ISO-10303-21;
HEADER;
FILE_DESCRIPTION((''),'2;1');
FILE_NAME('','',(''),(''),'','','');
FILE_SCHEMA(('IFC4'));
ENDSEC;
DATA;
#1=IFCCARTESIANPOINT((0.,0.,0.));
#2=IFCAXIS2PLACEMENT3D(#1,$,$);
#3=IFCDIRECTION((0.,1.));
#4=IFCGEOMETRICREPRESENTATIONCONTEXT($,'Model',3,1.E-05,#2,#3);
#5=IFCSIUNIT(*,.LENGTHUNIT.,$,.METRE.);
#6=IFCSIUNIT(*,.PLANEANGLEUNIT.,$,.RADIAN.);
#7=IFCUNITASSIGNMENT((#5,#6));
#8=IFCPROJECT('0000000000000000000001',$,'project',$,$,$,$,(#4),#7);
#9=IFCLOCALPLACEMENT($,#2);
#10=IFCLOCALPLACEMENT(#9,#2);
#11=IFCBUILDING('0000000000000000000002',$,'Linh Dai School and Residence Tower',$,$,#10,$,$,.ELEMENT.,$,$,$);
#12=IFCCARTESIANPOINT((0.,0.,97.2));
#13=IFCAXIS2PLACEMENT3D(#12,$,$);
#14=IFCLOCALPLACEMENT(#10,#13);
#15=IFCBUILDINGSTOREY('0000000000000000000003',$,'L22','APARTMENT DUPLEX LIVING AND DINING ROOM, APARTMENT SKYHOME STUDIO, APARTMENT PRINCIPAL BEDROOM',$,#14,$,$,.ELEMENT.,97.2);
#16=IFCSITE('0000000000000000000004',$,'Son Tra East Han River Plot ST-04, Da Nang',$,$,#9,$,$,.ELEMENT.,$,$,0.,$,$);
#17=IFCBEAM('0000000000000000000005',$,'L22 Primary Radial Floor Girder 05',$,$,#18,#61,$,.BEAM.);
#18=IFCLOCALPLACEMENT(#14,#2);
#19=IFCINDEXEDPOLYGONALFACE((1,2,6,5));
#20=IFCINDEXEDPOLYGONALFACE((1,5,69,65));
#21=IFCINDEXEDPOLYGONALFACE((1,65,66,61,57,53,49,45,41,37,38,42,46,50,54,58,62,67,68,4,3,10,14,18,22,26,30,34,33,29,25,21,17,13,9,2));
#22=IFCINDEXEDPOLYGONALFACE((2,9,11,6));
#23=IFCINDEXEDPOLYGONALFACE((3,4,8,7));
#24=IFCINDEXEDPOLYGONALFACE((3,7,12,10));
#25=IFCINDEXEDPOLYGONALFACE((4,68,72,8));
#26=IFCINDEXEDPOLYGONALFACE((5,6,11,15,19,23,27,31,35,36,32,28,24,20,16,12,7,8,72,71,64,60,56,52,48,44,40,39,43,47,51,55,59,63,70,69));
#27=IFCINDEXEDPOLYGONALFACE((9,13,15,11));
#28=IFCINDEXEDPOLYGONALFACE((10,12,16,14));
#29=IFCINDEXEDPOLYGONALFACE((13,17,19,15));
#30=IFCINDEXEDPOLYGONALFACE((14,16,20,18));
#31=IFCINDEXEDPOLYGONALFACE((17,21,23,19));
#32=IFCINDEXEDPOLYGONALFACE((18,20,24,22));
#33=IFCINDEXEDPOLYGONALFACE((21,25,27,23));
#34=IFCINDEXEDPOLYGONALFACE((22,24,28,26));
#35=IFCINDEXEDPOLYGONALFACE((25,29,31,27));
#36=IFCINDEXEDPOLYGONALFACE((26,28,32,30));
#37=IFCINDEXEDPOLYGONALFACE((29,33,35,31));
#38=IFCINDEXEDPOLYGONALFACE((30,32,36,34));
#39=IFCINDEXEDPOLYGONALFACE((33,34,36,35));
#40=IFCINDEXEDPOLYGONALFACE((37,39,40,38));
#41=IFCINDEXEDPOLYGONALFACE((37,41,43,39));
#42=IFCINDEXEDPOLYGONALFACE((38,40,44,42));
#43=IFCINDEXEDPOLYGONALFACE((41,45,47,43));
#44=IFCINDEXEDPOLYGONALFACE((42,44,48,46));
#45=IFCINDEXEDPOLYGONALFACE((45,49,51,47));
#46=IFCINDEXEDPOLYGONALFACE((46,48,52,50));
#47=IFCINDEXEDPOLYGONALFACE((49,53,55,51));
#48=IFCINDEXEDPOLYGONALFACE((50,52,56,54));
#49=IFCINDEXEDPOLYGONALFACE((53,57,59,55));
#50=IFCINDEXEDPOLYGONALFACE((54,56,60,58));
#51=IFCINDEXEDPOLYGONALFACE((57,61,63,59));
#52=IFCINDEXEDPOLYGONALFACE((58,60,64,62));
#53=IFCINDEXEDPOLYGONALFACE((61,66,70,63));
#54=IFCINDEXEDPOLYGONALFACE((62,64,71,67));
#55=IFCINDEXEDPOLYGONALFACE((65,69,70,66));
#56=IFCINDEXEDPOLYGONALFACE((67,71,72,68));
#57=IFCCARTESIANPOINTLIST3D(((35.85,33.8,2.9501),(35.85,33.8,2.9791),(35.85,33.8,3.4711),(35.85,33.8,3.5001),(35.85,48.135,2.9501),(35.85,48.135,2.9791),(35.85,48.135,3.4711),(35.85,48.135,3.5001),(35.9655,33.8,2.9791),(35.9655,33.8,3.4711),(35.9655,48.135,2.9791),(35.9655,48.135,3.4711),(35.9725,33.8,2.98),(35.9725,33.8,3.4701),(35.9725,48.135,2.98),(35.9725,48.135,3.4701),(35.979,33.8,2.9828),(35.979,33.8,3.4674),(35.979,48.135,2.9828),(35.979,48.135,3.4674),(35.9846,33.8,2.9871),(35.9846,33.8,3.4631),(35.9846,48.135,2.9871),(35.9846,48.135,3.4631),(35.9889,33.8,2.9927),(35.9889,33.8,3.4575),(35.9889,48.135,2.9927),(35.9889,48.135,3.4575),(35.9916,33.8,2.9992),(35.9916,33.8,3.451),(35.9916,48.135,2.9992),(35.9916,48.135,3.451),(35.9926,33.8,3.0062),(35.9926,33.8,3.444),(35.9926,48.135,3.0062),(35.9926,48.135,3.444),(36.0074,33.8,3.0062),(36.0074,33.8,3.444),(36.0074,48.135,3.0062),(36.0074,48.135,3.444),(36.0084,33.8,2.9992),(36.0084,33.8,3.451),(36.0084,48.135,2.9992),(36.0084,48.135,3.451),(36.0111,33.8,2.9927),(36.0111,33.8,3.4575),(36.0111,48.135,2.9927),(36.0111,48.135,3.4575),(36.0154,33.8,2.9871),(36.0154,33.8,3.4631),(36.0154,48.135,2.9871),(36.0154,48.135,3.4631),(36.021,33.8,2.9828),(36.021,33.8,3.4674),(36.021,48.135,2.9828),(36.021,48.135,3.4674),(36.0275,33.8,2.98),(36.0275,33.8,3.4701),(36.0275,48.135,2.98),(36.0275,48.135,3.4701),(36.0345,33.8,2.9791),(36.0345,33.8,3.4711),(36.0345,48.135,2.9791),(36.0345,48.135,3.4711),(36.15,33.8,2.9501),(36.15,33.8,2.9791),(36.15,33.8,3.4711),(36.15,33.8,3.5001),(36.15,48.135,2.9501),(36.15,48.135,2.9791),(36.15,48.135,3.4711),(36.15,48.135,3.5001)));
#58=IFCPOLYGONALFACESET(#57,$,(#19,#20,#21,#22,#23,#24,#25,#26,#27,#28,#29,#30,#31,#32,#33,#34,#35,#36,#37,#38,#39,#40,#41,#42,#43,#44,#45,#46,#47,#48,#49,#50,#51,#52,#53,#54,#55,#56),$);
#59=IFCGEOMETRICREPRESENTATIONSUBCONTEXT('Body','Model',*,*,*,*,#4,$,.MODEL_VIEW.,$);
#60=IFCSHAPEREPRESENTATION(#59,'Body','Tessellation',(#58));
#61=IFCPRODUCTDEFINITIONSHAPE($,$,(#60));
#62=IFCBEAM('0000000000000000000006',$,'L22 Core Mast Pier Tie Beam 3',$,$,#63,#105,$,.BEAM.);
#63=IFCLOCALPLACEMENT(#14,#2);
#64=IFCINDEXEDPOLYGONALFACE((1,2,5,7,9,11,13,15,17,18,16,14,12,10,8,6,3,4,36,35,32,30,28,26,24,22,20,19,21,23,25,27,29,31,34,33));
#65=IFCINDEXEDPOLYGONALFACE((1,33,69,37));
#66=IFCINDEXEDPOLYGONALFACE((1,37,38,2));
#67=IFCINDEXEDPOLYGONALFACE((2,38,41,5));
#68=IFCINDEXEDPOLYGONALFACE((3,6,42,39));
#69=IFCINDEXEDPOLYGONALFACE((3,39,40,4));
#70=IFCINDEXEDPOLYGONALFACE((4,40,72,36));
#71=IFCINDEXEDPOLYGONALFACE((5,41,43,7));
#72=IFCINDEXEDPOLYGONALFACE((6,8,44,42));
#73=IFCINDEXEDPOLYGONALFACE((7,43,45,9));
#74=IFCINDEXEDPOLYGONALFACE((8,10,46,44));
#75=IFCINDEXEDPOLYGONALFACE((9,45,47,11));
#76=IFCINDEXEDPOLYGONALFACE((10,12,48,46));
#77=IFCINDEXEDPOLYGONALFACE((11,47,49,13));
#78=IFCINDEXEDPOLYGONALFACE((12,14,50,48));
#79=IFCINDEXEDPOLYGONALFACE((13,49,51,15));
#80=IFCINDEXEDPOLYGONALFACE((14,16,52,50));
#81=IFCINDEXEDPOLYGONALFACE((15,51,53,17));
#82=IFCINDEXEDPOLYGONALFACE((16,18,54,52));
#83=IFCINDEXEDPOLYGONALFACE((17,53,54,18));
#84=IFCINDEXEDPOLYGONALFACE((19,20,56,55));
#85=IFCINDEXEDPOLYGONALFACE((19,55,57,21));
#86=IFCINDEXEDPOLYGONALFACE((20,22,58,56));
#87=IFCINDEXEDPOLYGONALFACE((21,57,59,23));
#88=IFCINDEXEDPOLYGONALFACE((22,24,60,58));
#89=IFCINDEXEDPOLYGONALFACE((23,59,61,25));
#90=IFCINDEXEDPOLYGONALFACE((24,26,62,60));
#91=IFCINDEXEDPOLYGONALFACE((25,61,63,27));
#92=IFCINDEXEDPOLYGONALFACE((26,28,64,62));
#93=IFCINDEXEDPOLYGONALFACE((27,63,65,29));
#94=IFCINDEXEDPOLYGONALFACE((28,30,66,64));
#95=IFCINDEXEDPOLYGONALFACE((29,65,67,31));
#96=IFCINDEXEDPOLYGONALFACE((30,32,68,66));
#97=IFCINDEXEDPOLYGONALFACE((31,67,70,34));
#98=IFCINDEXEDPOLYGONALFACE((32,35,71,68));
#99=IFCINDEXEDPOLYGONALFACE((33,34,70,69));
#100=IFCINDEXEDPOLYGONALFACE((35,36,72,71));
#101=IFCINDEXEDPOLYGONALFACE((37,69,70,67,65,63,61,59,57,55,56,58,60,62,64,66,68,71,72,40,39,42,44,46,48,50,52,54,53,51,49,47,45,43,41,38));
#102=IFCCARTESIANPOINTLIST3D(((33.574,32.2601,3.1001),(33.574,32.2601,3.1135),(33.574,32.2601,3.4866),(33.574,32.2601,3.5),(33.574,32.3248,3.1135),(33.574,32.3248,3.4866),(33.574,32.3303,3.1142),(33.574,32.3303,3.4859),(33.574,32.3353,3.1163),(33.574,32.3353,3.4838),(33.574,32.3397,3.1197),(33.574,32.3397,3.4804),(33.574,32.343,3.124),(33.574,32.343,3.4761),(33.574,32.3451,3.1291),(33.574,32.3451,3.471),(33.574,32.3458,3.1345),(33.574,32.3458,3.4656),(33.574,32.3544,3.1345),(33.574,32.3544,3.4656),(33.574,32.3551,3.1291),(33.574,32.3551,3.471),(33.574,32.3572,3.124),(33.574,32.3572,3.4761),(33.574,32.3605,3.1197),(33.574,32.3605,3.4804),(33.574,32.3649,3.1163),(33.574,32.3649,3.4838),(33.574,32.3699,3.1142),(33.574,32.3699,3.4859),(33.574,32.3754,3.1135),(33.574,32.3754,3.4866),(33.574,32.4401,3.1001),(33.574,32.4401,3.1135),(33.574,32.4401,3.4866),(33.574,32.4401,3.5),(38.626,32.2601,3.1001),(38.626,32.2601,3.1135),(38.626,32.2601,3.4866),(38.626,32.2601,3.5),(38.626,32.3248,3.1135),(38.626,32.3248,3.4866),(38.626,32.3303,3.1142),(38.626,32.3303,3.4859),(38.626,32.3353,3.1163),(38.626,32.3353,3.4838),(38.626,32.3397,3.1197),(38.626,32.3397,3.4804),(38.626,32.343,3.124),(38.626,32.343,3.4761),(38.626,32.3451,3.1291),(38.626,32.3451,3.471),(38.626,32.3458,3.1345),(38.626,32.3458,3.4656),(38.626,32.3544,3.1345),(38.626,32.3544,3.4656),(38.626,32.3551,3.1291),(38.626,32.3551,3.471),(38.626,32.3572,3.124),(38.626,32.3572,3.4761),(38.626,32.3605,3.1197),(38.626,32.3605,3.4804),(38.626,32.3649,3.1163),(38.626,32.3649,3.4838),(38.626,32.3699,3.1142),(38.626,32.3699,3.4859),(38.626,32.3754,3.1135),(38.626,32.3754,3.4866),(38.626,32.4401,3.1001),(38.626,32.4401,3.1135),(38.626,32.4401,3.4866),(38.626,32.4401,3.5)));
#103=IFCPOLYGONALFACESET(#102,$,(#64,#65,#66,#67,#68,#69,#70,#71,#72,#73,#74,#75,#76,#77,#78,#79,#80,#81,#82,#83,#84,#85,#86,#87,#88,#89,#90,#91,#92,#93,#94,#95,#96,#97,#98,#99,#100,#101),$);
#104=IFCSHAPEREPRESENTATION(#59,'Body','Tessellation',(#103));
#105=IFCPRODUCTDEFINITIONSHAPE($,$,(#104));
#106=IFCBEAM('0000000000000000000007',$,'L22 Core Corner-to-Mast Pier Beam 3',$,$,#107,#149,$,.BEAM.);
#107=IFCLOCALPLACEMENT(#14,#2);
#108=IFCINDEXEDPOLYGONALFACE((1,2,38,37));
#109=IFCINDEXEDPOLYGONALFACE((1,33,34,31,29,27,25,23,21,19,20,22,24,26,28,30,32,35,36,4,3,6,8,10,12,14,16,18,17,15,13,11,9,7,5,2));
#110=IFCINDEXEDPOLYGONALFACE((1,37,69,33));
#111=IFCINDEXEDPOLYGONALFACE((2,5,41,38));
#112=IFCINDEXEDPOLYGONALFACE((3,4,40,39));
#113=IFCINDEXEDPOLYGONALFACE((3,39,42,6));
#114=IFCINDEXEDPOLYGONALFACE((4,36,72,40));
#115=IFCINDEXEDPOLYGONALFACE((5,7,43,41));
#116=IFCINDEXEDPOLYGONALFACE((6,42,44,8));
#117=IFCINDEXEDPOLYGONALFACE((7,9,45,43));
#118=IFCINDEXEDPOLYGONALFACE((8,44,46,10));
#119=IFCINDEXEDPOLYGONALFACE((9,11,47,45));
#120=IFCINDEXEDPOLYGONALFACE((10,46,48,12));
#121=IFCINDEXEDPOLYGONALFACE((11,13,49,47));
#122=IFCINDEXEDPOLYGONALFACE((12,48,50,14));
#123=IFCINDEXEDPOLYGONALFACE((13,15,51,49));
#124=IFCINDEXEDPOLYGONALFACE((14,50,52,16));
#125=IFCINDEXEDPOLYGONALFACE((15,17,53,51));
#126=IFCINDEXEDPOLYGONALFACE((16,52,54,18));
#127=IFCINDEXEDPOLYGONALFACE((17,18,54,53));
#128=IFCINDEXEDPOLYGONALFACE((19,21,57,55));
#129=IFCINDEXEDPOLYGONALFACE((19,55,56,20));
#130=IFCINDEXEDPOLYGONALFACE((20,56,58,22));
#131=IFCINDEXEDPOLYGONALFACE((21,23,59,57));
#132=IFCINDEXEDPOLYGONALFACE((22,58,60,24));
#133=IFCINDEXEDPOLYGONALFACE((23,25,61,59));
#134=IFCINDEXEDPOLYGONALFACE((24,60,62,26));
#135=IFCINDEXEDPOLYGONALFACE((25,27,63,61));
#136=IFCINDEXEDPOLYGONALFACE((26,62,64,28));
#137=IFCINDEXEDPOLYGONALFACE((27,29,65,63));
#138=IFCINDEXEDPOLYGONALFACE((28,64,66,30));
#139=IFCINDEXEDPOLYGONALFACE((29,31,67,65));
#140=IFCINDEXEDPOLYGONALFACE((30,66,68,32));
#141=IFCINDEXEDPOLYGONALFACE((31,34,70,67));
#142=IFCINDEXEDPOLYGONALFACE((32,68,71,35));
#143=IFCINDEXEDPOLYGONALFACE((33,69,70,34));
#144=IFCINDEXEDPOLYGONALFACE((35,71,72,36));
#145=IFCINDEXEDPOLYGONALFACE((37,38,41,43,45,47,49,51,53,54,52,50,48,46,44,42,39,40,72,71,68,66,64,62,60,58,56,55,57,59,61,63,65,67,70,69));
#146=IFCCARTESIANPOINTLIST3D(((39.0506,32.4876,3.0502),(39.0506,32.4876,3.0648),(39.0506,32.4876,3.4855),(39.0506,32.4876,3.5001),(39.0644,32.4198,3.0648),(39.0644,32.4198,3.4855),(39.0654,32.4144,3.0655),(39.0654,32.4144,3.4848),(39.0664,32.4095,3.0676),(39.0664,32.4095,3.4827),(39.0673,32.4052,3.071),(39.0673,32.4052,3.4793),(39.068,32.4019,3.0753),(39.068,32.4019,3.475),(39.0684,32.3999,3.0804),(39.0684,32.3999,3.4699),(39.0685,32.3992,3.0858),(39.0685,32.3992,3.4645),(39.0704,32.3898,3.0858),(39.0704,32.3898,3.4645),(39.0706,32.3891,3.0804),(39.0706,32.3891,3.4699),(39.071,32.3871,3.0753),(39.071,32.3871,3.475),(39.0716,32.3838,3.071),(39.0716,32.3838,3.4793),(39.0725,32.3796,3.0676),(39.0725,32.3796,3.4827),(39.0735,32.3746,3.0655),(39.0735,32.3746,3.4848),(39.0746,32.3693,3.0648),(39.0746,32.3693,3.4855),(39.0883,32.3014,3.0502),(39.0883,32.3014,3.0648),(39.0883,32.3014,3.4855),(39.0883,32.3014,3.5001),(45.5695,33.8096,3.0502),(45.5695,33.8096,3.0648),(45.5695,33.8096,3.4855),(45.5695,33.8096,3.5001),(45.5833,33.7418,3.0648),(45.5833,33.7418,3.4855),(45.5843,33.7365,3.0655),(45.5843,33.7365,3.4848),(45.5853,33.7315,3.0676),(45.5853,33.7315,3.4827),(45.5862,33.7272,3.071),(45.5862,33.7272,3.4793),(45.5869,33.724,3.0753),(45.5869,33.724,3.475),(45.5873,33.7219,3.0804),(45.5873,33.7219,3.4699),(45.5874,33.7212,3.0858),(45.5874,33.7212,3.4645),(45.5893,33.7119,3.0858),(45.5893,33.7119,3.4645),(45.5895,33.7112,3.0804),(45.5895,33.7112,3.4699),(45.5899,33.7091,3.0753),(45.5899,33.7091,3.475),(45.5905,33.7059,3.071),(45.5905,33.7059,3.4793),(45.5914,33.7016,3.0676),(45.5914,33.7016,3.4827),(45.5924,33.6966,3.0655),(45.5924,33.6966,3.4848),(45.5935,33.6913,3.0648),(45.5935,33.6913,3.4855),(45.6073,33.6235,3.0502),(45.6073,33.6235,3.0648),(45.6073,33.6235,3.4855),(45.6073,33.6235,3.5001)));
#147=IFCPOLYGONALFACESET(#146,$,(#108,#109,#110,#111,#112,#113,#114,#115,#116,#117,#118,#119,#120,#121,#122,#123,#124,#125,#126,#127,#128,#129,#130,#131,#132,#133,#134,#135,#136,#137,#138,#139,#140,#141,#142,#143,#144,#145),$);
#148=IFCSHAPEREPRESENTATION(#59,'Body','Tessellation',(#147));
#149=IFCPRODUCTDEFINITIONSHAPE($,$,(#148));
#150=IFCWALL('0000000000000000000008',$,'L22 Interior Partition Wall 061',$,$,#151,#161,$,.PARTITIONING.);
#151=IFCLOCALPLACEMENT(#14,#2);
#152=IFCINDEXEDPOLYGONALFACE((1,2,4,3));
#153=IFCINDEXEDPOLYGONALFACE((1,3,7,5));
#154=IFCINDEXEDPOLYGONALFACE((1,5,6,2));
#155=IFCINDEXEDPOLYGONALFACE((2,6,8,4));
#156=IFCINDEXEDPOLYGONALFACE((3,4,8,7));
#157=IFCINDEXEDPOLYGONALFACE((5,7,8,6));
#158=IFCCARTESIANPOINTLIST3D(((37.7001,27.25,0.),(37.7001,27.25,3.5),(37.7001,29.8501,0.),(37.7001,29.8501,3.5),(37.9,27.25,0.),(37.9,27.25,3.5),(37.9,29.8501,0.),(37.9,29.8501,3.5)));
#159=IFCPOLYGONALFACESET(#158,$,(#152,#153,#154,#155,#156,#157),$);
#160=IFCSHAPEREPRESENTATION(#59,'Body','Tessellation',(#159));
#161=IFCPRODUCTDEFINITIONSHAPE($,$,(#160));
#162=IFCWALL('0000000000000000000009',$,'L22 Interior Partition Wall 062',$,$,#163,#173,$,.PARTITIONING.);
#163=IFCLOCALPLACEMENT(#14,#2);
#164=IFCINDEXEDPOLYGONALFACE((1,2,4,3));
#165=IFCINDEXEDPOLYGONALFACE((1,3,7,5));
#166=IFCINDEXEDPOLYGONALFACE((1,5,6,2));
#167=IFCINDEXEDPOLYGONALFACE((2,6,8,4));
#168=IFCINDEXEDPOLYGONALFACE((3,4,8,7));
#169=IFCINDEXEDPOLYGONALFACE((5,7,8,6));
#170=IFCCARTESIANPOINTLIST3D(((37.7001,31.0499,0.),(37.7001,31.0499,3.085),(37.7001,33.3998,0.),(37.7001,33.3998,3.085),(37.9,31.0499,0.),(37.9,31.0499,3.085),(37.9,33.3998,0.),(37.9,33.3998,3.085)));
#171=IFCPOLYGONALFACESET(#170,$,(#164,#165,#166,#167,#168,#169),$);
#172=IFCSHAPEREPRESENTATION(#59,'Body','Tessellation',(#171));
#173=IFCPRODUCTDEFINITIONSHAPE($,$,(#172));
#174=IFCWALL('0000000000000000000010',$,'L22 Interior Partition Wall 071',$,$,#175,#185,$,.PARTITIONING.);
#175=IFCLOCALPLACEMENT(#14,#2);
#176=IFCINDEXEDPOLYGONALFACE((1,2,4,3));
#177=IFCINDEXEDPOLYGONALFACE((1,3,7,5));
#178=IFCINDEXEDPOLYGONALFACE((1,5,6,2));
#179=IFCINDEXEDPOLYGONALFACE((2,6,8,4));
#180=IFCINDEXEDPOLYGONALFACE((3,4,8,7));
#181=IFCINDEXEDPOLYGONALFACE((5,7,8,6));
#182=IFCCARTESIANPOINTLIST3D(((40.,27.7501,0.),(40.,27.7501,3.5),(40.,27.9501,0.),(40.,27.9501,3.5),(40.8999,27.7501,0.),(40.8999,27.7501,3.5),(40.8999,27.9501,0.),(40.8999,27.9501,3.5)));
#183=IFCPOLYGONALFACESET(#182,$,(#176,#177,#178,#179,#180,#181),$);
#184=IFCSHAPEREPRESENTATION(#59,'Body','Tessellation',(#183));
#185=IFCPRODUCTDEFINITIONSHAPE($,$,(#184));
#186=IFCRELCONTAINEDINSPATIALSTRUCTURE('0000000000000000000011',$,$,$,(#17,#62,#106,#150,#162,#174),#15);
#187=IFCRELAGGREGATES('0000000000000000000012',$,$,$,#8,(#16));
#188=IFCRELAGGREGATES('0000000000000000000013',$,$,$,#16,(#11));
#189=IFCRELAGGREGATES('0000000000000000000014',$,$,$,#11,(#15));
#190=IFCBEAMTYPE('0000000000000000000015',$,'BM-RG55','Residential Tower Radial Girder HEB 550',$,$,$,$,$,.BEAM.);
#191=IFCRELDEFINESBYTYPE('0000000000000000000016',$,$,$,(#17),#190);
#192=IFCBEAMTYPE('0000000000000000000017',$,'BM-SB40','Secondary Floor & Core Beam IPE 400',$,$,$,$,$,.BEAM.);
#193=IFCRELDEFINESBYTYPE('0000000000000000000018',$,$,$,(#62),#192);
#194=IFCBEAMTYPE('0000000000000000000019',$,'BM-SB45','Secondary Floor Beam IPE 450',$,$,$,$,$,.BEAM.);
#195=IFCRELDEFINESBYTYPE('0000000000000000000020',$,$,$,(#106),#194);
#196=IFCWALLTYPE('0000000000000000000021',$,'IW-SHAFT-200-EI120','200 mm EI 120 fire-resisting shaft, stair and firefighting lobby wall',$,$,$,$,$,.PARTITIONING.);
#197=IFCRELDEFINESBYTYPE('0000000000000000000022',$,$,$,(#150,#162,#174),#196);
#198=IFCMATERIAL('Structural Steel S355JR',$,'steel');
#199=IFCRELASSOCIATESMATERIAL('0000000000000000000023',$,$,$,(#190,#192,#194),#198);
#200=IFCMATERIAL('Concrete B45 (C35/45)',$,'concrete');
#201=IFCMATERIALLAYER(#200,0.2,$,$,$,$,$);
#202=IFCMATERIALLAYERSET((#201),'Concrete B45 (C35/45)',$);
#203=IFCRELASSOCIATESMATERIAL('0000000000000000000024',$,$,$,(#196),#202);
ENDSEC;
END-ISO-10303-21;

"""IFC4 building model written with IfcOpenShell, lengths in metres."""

from ifc_helpers import new_model, si_unit, direction, frame, frame_2d, origin, origin_2d, place, context, subcontext, project, spatial, rectangle, i_section, extrude, material, layer, layer_set, material_profile, profile_set, type_object, element, save


model = new_model("IFC4")

# Units and contexts
model_context = context("Model", 3, precision=1e-05, world=origin(), true_north=direction((0.0, 1.0)))
body_context = subcontext(model_context, "Body", "Model", "MODEL_VIEW")
ifc_project = project(units=[si_unit("LENGTHUNIT", "METRE"), si_unit("PLANEANGLEUNIT", "RADIAN")], contexts=[model_context])

# Site, building, storey
site_placement = place(None, origin())
site = spatial("IfcSite", under=ifc_project, at=site_placement, Name="Son Tra East Han River Plot ST-04, Da Nang", CompositionType="ELEMENT", RefElevation=0.0)
building_placement = place(site_placement, origin())
building = spatial("IfcBuilding", under=site, at=building_placement, Name="Linh Dai School and Residence Tower", CompositionType="ELEMENT")
storey_placement = place(building_placement, frame((0.0, 0.0, 97.2)))
storey = spatial("IfcBuildingStorey", under=building, at=storey_placement, Name="L22", Description="APARTMENT DUPLEX LIVING AND DINING ROOM, APARTMENT SKYHOME STUDIO, APARTMENT PRINCIPAL BEDROOM", CompositionType="ELEMENT", Elevation=97.2)

# Shared definitions
ifc_material_1 = material(Name="Structural Steel S355JR", Category="steel")

# Beams
ifc_material_profile_1 = material_profile(ifc_material_1, i_section(OverallWidth=0.3, OverallDepth=0.55, WebThickness=0.0149, FlangeThickness=0.0291, FilletRadius=0.0271, at=origin_2d()), Name="HEB 550")
ifc_profile_set_1 = profile_set([ifc_material_profile_1], Name="Structural Steel S355JR")
beam_type_1 = type_object("IfcBeamType", Name="BM-RG55", Description="Residential Tower Radial Girder HEB 550", PredefinedType="BEAM", material=ifc_profile_set_1)
beam_1_placement = place(storey_placement, frame((36.0, 33.8, 3.2251), z_axis=(0.0, 1.0, 0.0), x_axis=(-1.0, 0.0, 0.0)))
element("IfcBeam", 1, at=beam_1_placement, inside=storey, type_object=beam_type_1, Name="L22 Primary Radial Floor Girder 05", PredefinedType="BEAM", context=body_context, shape_type="SweptSolid", body=[
    extrude(i_section(OverallWidth=0.3, OverallDepth=0.55, WebThickness=0.0149, FlangeThickness=0.0291, FilletRadius=0.0271, at=origin_2d()), origin(), (0.0, 0.0, 1.0), 14.335),
])
ifc_material_profile_2 = material_profile(ifc_material_1, i_section(OverallWidth=0.1799, OverallDepth=0.3999, WebThickness=0.0085, FlangeThickness=0.0134, FilletRadius=0.021, at=origin_2d()), Name="IPE 400")
ifc_profile_set_2 = profile_set([ifc_material_profile_2], Name="Structural Steel S355JR")
beam_type_2 = type_object("IfcBeamType", Name="BM-SB40", Description="Secondary Floor & Core Beam IPE 400", PredefinedType="BEAM", material=ifc_profile_set_2)
beam_2_placement = place(storey_placement, frame((38.626, 32.3501, 3.3), z_axis=(-1.0, 0.0, 0.0), x_axis=(0.0, -1.0, 0.0)))
element("IfcBeam", 2, at=beam_2_placement, inside=storey, type_object=beam_type_2, Name="L22 Core Mast Pier Tie Beam 3", PredefinedType="BEAM", context=body_context, shape_type="SweptSolid", body=[
    extrude(i_section(OverallWidth=0.1799, OverallDepth=0.3999, WebThickness=0.0085, FlangeThickness=0.0134, FilletRadius=0.021, at=origin_2d()), origin(), (0.0, 0.0, 1.0), 5.052),
])
ifc_material_profile_3 = material_profile(ifc_material_1, i_section(OverallWidth=0.1899, OverallDepth=0.45, WebThickness=0.0095, FlangeThickness=0.0146, FilletRadius=0.021, at=origin_2d()), Name="IPE 450")
ifc_profile_set_3 = profile_set([ifc_material_profile_3], Name="Structural Steel S355JR")
beam_type_3 = type_object("IfcBeamType", Name="BM-SB45", Description="Secondary Floor Beam IPE 450", PredefinedType="BEAM", material=ifc_profile_set_3)
beam_3_placement = place(storey_placement, frame((45.5884, 33.7166, 3.2751), z_axis=(-0.980049, -0.198755, 0.0), x_axis=(0.198755, -0.980049, 0.0)))
element("IfcBeam", 3, at=beam_3_placement, inside=storey, type_object=beam_type_3, Name="L22 Core Corner-to-Mast Pier Beam 3", PredefinedType="BEAM", context=body_context, shape_type="SweptSolid", body=[
    extrude(i_section(OverallWidth=0.1899, OverallDepth=0.45, WebThickness=0.0095, FlangeThickness=0.0146, FilletRadius=0.021, at=origin_2d()), origin(), (0.0, 0.0, 1.0), 6.6516),
])

# Walls
ifc_material_2 = material(Name="Concrete B45 (C35/45)", Category="concrete")
ifc_layer_1 = layer(ifc_material_2, 0.2)
ifc_layer_set_1 = layer_set([ifc_layer_1], Name="Concrete B45 (C35/45)")
wall_type_1 = type_object("IfcWallType", Name="IW-SHAFT-200-EI120", Description="200 mm EI 120 fire-resisting shaft, stair and firefighting lobby wall", PredefinedType="PARTITIONING", material=ifc_layer_set_1)
wall_1_placement = place(storey_placement, frame((37.8, 27.25, 0.0), z_axis=(0.0, 0.0, 1.0), x_axis=(0.0, 1.0, 0.0)))
element("IfcWall", 4, at=wall_1_placement, inside=storey, type_object=wall_type_1, Name="L22 Interior Partition Wall 061", PredefinedType="PARTITIONING", context=body_context, shape_type="SweptSolid", body=[
    extrude(rectangle(XDim=2.6001, YDim=0.2, at=frame_2d((1.3, 0.0))), origin(), (0.0, 0.0, 1.0), 3.5),
])
wall_2_placement = place(storey_placement, frame((37.8, 31.05, 0.0), z_axis=(0.0, 0.0, 1.0), x_axis=(0.0, 1.0, 0.0)))
element("IfcWall", 5, at=wall_2_placement, inside=storey, type_object=wall_type_1, Name="L22 Interior Partition Wall 062", PredefinedType="PARTITIONING", context=body_context, shape_type="SweptSolid", body=[
    extrude(rectangle(XDim=2.3499, YDim=0.2, at=frame_2d((1.1748, 0.0))), origin(), (0.0, 0.0, 1.0), 3.085),
])
wall_3_placement = place(storey_placement, frame((40.0, 27.8501, 0.0), z_axis=(0.0, 0.0, 1.0), x_axis=(1.0, 0.0, 0.0)))
element("IfcWall", 6, at=wall_3_placement, inside=storey, type_object=wall_type_1, Name="L22 Interior Partition Wall 071", PredefinedType="PARTITIONING", context=body_context, shape_type="SweptSolid", body=[
    extrude(rectangle(XDim=0.8999, YDim=0.2, at=frame_2d((0.45, 0.0))), origin(), (0.0, 0.0, 1.0), 3.5),
])

save(model, "model.ifc")
